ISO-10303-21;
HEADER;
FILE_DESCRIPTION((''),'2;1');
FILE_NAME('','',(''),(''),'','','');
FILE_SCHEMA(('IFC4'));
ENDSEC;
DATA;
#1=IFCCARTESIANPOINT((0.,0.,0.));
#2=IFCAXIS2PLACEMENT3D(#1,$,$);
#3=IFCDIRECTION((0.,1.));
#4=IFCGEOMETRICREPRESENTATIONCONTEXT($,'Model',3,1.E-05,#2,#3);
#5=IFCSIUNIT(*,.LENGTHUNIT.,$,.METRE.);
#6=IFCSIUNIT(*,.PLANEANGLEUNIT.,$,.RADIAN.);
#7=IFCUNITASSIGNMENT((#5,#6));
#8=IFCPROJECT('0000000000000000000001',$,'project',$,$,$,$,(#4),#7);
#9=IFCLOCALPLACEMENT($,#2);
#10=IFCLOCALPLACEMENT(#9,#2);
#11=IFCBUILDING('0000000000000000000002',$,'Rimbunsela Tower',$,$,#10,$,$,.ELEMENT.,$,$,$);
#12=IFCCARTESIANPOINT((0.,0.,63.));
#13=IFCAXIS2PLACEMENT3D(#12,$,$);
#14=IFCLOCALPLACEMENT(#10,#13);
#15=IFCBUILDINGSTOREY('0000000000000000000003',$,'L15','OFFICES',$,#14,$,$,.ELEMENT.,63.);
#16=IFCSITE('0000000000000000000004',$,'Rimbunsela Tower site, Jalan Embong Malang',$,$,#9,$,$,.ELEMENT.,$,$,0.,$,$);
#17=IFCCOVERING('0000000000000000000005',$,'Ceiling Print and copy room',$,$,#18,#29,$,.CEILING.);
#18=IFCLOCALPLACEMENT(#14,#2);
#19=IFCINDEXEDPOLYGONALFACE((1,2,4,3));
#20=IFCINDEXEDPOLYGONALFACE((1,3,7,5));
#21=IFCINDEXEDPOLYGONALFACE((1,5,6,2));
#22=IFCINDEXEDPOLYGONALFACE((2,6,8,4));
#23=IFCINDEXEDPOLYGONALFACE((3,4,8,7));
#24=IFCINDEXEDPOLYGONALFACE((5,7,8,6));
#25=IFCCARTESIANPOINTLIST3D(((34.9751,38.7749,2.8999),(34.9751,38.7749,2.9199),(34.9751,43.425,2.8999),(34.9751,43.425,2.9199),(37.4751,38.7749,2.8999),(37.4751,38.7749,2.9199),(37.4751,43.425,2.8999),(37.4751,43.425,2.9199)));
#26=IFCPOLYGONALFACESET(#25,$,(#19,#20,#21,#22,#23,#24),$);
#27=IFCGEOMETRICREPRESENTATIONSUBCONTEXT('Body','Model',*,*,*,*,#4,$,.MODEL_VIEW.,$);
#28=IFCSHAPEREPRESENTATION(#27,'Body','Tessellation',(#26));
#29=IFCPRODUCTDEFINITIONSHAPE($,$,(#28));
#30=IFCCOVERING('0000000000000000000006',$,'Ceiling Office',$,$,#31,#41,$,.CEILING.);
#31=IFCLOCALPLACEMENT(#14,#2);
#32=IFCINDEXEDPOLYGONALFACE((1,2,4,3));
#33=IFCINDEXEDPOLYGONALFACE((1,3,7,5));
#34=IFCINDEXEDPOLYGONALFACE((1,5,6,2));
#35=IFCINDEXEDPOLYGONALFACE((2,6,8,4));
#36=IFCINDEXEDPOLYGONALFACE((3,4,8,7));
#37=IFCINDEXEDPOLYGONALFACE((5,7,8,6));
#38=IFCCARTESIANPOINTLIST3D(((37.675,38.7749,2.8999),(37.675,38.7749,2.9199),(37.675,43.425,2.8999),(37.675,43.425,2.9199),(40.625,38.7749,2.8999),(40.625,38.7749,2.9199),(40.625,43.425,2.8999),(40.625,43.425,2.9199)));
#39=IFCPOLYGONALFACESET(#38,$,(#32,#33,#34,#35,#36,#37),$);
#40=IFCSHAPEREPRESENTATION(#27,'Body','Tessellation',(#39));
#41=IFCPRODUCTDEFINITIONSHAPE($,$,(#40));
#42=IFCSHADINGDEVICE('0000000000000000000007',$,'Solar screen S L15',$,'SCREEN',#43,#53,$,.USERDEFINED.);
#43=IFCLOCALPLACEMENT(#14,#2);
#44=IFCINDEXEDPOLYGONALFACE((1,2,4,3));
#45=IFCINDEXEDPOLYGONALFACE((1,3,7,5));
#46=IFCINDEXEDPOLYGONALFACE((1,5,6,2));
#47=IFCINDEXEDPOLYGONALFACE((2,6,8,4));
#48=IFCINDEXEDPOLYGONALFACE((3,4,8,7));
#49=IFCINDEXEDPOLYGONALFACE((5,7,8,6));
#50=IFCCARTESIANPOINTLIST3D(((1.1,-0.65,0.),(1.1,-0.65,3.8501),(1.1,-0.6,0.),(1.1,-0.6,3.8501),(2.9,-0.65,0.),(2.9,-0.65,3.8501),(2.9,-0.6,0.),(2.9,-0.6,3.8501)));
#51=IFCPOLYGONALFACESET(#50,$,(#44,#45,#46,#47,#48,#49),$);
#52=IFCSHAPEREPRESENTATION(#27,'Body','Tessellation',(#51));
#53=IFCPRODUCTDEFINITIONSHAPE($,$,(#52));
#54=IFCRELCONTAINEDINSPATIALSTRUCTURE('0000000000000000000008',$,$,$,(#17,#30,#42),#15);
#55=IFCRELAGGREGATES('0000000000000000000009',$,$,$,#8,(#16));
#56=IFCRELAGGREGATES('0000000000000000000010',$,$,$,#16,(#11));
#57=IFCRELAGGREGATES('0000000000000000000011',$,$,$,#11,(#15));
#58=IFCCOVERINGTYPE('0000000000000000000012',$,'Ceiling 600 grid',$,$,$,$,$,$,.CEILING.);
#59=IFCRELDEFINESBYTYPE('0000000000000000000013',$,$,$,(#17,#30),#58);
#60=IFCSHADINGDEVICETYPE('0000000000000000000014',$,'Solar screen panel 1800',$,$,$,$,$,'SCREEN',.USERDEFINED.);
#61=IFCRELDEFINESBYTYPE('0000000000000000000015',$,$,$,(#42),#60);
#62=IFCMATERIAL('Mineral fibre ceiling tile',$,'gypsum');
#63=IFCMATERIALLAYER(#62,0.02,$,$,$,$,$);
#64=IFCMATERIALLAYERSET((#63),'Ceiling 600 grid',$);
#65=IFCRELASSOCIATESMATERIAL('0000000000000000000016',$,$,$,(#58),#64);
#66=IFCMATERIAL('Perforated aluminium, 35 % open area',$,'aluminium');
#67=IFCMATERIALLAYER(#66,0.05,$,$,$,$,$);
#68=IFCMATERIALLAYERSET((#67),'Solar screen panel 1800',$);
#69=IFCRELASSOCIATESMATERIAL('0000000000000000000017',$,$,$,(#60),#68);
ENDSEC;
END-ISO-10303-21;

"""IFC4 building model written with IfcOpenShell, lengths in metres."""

from ifc_helpers import new_model, si_unit, direction, frame, origin, origin_2d, place, context, subcontext, project, spatial, polyline, rectangle, outline, extrude, material, layer, layer_set, type_object, element, save


model = new_model("IFC4")

# Units and contexts
model_context = context("Model", 3, precision=1e-05, world=origin(), true_north=direction((0.0, 1.0)))
body_context = subcontext(model_context, "Body", "Model", "MODEL_VIEW")
ifc_project = project(units=[si_unit("LENGTHUNIT", "METRE"), si_unit("PLANEANGLEUNIT", "RADIAN")], contexts=[model_context])

# Site, building, storey
site_placement = place(None, origin())
site = spatial("IfcSite", under=ifc_project, at=site_placement, Name="Rimbunsela Tower site, Jalan Embong Malang", CompositionType="ELEMENT", RefElevation=0.0)
building_placement = place(site_placement, origin())
building = spatial("IfcBuilding", under=site, at=building_placement, Name="Rimbunsela Tower", CompositionType="ELEMENT")
storey_placement = place(building_placement, frame((0.0, 0.0, 63.0)))
storey = spatial("IfcBuildingStorey", under=building, at=storey_placement, Name="L15", Description="OFFICES", CompositionType="ELEMENT", Elevation=63.0)

# Coverings
ifc_material_1 = material(Name="Mineral fibre ceiling tile", Category="gypsum")
ifc_layer_1 = layer(ifc_material_1, 0.02)
ifc_layer_set_1 = layer_set([ifc_layer_1], Name="Ceiling 600 grid")
covering_type_1 = type_object("IfcCoveringType", Name="Ceiling 600 grid", PredefinedType="CEILING", material=ifc_layer_set_1)
covering_1_placement = place(storey_placement, frame((0.0, 0.0, 2.8999)))
element("IfcCovering", 1, at=covering_1_placement, inside=storey, type_object=covering_type_1, Name="Ceiling Print and copy room", PredefinedType="CEILING", context=body_context, shape_type="SweptSolid", body=[
    extrude(outline(polyline([(37.4751, 38.7749), (37.4751, 43.425), (34.9751, 43.425), (34.9751, 38.7749), (37.4751, 38.7749)])), origin(), (0.0, 0.0, 1.0), 0.02),
])
covering_2_placement = place(storey_placement, frame((0.0, 0.0, 2.8999)))
element("IfcCovering", 2, at=covering_2_placement, inside=storey, type_object=covering_type_1, Name="Ceiling Office", PredefinedType="CEILING", context=body_context, shape_type="SweptSolid", body=[
    extrude(outline(polyline([(40.625, 38.7749), (40.625, 43.425), (37.675, 43.425), (37.675, 38.7749), (40.625, 38.7749)])), origin(), (0.0, 0.0, 1.0), 0.02),
])

# Shading device
ifc_material_2 = material(Name="Perforated aluminium, 35 % open area", Category="aluminium")
ifc_layer_2 = layer(ifc_material_2, 0.05)
ifc_layer_set_2 = layer_set([ifc_layer_2], Name="Solar screen panel 1800")
shading_device_type = type_object("IfcShadingDeviceType", Name="Solar screen panel 1800", ElementType="SCREEN", PredefinedType="USERDEFINED", material=ifc_layer_set_2)
shading_device_placement = place(storey_placement, frame((2.0, -0.625, 0.0), z_axis=(0.0, 0.0, 1.0), x_axis=(1.0, 0.0, 0.0)))
element("IfcShadingDevice", 3, at=shading_device_placement, inside=storey, type_object=shading_device_type, Name="Solar screen S L15", ObjectType="SCREEN", PredefinedType="USERDEFINED", context=body_context, shape_type="SweptSolid", body=[
    extrude(rectangle(XDim=1.8, YDim=0.05, at=origin_2d()), origin(), (0.0, 0.0, 1.0), 3.8501),
])

save(model, "model.ifc")
